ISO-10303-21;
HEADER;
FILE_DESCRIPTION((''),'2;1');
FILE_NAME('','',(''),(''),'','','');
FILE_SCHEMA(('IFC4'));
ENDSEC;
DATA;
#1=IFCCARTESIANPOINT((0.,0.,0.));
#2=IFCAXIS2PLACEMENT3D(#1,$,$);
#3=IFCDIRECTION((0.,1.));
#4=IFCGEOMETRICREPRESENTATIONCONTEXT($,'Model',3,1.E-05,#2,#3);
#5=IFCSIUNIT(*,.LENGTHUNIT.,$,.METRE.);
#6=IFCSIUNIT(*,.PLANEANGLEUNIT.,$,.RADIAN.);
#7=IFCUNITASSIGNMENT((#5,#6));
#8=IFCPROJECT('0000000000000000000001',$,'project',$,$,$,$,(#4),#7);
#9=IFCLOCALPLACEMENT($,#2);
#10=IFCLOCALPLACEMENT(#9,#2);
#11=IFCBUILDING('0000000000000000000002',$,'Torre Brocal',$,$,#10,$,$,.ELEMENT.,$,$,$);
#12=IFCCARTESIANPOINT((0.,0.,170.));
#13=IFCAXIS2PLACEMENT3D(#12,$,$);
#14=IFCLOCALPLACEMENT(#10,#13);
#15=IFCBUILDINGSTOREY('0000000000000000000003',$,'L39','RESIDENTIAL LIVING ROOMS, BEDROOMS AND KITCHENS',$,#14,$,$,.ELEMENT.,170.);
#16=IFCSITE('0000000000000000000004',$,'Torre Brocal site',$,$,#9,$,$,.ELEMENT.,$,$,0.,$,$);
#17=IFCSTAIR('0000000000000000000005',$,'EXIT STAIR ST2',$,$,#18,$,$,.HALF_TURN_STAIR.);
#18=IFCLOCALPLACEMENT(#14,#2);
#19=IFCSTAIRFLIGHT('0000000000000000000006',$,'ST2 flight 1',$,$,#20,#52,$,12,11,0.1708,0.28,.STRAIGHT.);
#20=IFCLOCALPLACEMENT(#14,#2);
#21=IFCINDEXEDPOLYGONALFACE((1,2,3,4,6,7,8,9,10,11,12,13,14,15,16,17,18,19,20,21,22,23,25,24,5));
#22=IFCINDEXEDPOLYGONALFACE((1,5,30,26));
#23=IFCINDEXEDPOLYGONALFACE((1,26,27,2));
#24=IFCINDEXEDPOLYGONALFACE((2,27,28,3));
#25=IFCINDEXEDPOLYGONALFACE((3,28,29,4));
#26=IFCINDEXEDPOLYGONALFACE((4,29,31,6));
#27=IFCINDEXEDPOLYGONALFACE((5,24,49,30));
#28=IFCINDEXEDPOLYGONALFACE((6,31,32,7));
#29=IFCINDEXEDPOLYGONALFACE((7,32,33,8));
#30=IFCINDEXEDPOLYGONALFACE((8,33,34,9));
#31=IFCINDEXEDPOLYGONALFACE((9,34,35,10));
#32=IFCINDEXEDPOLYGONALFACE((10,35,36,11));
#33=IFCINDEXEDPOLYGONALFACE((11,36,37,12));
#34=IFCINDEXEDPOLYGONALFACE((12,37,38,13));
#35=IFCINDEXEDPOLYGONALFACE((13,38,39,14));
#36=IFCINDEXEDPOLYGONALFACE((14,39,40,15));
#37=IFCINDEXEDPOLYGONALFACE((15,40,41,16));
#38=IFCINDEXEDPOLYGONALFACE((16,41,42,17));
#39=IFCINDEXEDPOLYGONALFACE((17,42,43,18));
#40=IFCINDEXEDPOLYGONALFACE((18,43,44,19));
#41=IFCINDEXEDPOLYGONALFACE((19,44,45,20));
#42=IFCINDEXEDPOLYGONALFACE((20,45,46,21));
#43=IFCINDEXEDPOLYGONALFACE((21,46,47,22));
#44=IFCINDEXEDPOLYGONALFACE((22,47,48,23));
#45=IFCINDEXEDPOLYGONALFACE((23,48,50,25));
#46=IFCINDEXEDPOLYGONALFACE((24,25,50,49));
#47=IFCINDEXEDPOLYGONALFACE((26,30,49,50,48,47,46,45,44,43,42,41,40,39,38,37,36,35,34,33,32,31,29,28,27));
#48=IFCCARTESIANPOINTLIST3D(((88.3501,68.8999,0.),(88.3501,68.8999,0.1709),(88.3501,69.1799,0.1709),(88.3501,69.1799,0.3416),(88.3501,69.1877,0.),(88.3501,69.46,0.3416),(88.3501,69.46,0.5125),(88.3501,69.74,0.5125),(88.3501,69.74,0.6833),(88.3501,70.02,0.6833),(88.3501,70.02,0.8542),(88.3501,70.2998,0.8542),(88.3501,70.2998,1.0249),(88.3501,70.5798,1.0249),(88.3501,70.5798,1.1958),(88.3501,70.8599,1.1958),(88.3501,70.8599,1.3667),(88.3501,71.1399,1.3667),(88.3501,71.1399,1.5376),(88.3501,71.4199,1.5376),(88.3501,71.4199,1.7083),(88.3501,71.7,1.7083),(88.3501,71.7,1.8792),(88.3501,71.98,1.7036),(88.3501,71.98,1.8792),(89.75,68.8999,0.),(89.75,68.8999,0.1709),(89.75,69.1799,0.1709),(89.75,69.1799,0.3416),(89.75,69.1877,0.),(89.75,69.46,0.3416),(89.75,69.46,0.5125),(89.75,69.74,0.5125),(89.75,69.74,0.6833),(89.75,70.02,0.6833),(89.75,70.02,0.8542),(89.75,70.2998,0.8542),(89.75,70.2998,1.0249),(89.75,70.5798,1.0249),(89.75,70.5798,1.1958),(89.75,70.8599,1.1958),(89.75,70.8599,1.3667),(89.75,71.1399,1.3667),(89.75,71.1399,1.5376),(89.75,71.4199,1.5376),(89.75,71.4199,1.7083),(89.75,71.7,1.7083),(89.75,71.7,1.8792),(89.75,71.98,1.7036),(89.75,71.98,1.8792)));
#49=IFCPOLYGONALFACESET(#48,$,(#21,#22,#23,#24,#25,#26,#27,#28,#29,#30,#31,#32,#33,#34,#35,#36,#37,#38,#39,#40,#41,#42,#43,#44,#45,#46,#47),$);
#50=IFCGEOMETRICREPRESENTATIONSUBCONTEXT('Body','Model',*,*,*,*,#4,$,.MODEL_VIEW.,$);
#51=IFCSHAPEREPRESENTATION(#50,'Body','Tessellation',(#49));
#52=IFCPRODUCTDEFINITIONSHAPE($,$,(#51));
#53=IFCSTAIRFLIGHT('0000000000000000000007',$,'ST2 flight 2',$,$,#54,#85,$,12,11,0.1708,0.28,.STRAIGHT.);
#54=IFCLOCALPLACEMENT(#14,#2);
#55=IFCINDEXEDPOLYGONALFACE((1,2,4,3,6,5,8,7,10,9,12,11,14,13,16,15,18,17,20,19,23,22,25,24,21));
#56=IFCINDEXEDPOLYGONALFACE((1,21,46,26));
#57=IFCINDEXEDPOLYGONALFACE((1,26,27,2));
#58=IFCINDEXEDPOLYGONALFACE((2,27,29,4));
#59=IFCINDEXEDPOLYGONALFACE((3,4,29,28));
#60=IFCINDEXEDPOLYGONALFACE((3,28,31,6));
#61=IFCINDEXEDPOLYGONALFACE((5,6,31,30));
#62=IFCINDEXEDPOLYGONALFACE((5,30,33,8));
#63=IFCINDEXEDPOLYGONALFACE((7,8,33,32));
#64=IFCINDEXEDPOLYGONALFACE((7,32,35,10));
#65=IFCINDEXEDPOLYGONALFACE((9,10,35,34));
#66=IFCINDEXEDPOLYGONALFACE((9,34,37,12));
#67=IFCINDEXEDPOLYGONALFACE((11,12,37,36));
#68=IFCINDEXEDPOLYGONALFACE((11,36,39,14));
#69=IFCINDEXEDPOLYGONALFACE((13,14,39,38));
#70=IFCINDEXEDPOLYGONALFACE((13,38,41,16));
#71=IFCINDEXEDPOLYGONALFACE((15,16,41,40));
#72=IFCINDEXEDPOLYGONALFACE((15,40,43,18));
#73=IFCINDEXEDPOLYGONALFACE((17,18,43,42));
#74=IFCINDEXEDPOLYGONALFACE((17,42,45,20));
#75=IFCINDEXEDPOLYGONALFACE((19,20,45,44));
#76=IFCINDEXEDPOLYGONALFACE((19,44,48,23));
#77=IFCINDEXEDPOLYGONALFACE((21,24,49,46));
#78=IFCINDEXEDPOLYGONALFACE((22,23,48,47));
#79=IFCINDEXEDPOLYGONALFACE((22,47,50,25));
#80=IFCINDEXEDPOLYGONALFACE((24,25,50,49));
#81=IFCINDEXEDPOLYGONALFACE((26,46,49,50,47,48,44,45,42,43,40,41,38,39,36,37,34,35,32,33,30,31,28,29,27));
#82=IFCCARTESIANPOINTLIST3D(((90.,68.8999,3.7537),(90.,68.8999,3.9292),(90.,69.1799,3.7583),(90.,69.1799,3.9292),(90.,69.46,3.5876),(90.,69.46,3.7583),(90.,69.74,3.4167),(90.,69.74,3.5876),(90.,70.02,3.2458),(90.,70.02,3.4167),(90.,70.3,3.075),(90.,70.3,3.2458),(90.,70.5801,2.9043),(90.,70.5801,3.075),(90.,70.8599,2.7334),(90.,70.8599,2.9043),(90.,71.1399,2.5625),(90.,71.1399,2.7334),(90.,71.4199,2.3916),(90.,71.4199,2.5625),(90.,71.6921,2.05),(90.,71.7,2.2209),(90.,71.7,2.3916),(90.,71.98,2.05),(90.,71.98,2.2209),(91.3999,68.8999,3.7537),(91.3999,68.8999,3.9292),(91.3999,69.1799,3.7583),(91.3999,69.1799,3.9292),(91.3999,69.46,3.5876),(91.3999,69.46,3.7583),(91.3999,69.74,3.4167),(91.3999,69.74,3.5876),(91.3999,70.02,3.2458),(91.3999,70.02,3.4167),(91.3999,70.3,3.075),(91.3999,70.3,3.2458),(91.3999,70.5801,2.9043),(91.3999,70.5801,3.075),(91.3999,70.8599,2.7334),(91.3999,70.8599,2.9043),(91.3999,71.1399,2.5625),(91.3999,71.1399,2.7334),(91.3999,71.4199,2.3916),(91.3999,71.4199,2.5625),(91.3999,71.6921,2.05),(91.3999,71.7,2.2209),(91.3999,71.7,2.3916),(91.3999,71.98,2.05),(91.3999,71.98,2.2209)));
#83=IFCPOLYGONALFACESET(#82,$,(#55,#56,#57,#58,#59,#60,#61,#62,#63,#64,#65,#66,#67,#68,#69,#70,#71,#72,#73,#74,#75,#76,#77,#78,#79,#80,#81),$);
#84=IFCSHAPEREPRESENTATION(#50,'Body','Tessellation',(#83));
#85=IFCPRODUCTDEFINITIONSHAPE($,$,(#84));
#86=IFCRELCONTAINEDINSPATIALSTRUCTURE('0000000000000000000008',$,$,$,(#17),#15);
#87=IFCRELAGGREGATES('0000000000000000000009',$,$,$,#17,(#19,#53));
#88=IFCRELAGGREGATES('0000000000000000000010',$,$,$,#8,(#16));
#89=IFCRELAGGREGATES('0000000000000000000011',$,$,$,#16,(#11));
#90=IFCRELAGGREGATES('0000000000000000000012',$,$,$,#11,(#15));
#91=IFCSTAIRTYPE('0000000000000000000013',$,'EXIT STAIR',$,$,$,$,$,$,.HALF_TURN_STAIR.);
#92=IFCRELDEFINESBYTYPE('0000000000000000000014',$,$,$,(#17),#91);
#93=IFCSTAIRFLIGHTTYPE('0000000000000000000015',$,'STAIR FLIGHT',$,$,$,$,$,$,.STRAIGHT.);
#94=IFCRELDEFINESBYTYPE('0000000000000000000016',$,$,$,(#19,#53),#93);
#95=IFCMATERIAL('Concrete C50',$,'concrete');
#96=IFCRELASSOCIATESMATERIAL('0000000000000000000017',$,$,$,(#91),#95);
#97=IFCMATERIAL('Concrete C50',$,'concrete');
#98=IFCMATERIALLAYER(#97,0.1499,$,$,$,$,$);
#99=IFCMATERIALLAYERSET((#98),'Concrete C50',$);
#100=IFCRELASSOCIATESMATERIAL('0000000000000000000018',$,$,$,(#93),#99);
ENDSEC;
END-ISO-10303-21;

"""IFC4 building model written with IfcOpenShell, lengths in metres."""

from ifc_helpers import new_model, si_unit, direction, frame, origin, place, context, subcontext, project, spatial, polyline, outline, extrude, material, layer, layer_set, type_object, element, aggregate, save


model = new_model("IFC4")

# Units and contexts
model_context = context("Model", 3, precision=1e-05, world=origin(), true_north=direction((0.0, 1.0)))
body_context = subcontext(model_context, "Body", "Model", "MODEL_VIEW")
ifc_project = project(units=[si_unit("LENGTHUNIT", "METRE"), si_unit("PLANEANGLEUNIT", "RADIAN")], contexts=[model_context])

# Site, building, storey
site_placement = place(None, origin())
site = spatial("IfcSite", under=ifc_project, at=site_placement, Name="Torre Brocal site", CompositionType="ELEMENT", RefElevation=0.0)
building_placement = place(site_placement, origin())
building = spatial("IfcBuilding", under=site, at=building_placement, Name="Torre Brocal", CompositionType="ELEMENT")
storey_placement = place(building_placement, frame((0.0, 0.0, 170.0)))
storey = spatial("IfcBuildingStorey", under=building, at=storey_placement, Name="L39", Description="RESIDENTIAL LIVING ROOMS, BEDROOMS AND KITCHENS", CompositionType="ELEMENT", Elevation=170.0)

# Stair, stair flights
ifc_material_1 = material(Name="Concrete C50", Category="concrete")
stair_type = type_object("IfcStairType", Name="EXIT STAIR", PredefinedType="HALF_TURN_STAIR", material=ifc_material_1)
stair_placement = place(storey_placement, origin())
stair = element("IfcStair", 1, at=stair_placement, inside=storey, type_object=stair_type, Name="EXIT STAIR ST2", PredefinedType="HALF_TURN_STAIR")
ifc_material_2 = material(Name="Concrete C50", Category="concrete")
ifc_layer_1 = layer(ifc_material_2, 0.1499)
ifc_layer_set_1 = layer_set([ifc_layer_1], Name="Concrete C50")
stair_flight_type = type_object("IfcStairFlightType", Name="STAIR FLIGHT", PredefinedType="STRAIGHT", material=ifc_layer_set_1)
stair_flight_1_placement = place(storey_placement, frame((89.05, 68.8999, 0.0), z_axis=(0.0, 0.0, 1.0), x_axis=(0.0, 1.0, 0.0)))
stair_flight_1 = element("IfcStairFlight", 2, at=stair_flight_1_placement, type_object=stair_flight_type, Name="ST2 flight 1", NumberOfRisers=12, NumberOfTreads=11, PredefinedType="STRAIGHT", RiserHeight=0.1708, TreadLength=0.28, context=body_context, shape_type="SweptSolid", body=[
    extrude(outline(polyline([(0.0, 0.0), (0.0, 0.1709), (0.28, 0.1709), (0.28, 0.3416), (0.5601, 0.3416), (0.5601, 0.5125), (0.8401, 0.5125), (0.8401, 0.6833), (1.1201, 0.6833), (1.1201, 0.8542), (1.3999, 0.8542), (1.3999, 1.0249), (1.6799, 1.0249), (1.6799, 1.1958), (1.96, 1.1958), (1.96, 1.3667), (2.24, 1.3667), (2.24, 1.5376), (2.52, 1.5376), (2.52, 1.7083), (2.8, 1.7083), (2.8, 1.8792), (3.0801, 1.8792), (3.0801, 2.05), (3.0801, 1.7036), (0.2878, 0.0), (0.0, 0.0)])), frame((0.0, 0.7, 0.0), z_axis=(0.0, -1.0, 0.0), x_axis=(1.0, 0.0, 0.0)), (0.0, 0.0, 1.0), 1.3999),
])
stair_flight_2_placement = place(storey_placement, frame((90.7, 71.98, 2.05), z_axis=(0.0, 0.0, 1.0), x_axis=(0.0, -1.0, 0.0)))
stair_flight_2 = element("IfcStairFlight", 3, at=stair_flight_2_placement, type_object=stair_flight_type, Name="ST2 flight 2", NumberOfRisers=12, NumberOfTreads=11, PredefinedType="STRAIGHT", RiserHeight=0.1708, TreadLength=0.28, context=body_context, shape_type="SweptSolid", body=[
    extrude(outline(polyline([(0.0, 0.0), (0.0, 0.1709), (0.28, 0.1709), (0.28, 0.3416), (0.5601, 0.3416), (0.5601, 0.5125), (0.8401, 0.5125), (0.8401, 0.6833), (1.1201, 0.6833), (1.1201, 0.8542), (1.3999, 0.8542), (1.3999, 1.0249), (1.6799, 1.0249), (1.6799, 1.1958), (1.96, 1.1958), (1.96, 1.3667), (2.24, 1.3667), (2.24, 1.5376), (2.52, 1.5376), (2.52, 1.7083), (2.8, 1.7083), (2.8, 1.8792), (3.0801, 1.8792), (3.0801, 2.05), (3.0801, 1.7036), (0.2878, 0.0), (0.0, 0.0)])), frame((0.0, 0.7, 0.0), z_axis=(0.0, -1.0, 0.0), x_axis=(1.0, 0.0, 0.0)), (0.0, 0.0, 1.0), 1.3999),
])
aggregate(stair, [stair_flight_1, stair_flight_2])

save(model, "model.ifc")
